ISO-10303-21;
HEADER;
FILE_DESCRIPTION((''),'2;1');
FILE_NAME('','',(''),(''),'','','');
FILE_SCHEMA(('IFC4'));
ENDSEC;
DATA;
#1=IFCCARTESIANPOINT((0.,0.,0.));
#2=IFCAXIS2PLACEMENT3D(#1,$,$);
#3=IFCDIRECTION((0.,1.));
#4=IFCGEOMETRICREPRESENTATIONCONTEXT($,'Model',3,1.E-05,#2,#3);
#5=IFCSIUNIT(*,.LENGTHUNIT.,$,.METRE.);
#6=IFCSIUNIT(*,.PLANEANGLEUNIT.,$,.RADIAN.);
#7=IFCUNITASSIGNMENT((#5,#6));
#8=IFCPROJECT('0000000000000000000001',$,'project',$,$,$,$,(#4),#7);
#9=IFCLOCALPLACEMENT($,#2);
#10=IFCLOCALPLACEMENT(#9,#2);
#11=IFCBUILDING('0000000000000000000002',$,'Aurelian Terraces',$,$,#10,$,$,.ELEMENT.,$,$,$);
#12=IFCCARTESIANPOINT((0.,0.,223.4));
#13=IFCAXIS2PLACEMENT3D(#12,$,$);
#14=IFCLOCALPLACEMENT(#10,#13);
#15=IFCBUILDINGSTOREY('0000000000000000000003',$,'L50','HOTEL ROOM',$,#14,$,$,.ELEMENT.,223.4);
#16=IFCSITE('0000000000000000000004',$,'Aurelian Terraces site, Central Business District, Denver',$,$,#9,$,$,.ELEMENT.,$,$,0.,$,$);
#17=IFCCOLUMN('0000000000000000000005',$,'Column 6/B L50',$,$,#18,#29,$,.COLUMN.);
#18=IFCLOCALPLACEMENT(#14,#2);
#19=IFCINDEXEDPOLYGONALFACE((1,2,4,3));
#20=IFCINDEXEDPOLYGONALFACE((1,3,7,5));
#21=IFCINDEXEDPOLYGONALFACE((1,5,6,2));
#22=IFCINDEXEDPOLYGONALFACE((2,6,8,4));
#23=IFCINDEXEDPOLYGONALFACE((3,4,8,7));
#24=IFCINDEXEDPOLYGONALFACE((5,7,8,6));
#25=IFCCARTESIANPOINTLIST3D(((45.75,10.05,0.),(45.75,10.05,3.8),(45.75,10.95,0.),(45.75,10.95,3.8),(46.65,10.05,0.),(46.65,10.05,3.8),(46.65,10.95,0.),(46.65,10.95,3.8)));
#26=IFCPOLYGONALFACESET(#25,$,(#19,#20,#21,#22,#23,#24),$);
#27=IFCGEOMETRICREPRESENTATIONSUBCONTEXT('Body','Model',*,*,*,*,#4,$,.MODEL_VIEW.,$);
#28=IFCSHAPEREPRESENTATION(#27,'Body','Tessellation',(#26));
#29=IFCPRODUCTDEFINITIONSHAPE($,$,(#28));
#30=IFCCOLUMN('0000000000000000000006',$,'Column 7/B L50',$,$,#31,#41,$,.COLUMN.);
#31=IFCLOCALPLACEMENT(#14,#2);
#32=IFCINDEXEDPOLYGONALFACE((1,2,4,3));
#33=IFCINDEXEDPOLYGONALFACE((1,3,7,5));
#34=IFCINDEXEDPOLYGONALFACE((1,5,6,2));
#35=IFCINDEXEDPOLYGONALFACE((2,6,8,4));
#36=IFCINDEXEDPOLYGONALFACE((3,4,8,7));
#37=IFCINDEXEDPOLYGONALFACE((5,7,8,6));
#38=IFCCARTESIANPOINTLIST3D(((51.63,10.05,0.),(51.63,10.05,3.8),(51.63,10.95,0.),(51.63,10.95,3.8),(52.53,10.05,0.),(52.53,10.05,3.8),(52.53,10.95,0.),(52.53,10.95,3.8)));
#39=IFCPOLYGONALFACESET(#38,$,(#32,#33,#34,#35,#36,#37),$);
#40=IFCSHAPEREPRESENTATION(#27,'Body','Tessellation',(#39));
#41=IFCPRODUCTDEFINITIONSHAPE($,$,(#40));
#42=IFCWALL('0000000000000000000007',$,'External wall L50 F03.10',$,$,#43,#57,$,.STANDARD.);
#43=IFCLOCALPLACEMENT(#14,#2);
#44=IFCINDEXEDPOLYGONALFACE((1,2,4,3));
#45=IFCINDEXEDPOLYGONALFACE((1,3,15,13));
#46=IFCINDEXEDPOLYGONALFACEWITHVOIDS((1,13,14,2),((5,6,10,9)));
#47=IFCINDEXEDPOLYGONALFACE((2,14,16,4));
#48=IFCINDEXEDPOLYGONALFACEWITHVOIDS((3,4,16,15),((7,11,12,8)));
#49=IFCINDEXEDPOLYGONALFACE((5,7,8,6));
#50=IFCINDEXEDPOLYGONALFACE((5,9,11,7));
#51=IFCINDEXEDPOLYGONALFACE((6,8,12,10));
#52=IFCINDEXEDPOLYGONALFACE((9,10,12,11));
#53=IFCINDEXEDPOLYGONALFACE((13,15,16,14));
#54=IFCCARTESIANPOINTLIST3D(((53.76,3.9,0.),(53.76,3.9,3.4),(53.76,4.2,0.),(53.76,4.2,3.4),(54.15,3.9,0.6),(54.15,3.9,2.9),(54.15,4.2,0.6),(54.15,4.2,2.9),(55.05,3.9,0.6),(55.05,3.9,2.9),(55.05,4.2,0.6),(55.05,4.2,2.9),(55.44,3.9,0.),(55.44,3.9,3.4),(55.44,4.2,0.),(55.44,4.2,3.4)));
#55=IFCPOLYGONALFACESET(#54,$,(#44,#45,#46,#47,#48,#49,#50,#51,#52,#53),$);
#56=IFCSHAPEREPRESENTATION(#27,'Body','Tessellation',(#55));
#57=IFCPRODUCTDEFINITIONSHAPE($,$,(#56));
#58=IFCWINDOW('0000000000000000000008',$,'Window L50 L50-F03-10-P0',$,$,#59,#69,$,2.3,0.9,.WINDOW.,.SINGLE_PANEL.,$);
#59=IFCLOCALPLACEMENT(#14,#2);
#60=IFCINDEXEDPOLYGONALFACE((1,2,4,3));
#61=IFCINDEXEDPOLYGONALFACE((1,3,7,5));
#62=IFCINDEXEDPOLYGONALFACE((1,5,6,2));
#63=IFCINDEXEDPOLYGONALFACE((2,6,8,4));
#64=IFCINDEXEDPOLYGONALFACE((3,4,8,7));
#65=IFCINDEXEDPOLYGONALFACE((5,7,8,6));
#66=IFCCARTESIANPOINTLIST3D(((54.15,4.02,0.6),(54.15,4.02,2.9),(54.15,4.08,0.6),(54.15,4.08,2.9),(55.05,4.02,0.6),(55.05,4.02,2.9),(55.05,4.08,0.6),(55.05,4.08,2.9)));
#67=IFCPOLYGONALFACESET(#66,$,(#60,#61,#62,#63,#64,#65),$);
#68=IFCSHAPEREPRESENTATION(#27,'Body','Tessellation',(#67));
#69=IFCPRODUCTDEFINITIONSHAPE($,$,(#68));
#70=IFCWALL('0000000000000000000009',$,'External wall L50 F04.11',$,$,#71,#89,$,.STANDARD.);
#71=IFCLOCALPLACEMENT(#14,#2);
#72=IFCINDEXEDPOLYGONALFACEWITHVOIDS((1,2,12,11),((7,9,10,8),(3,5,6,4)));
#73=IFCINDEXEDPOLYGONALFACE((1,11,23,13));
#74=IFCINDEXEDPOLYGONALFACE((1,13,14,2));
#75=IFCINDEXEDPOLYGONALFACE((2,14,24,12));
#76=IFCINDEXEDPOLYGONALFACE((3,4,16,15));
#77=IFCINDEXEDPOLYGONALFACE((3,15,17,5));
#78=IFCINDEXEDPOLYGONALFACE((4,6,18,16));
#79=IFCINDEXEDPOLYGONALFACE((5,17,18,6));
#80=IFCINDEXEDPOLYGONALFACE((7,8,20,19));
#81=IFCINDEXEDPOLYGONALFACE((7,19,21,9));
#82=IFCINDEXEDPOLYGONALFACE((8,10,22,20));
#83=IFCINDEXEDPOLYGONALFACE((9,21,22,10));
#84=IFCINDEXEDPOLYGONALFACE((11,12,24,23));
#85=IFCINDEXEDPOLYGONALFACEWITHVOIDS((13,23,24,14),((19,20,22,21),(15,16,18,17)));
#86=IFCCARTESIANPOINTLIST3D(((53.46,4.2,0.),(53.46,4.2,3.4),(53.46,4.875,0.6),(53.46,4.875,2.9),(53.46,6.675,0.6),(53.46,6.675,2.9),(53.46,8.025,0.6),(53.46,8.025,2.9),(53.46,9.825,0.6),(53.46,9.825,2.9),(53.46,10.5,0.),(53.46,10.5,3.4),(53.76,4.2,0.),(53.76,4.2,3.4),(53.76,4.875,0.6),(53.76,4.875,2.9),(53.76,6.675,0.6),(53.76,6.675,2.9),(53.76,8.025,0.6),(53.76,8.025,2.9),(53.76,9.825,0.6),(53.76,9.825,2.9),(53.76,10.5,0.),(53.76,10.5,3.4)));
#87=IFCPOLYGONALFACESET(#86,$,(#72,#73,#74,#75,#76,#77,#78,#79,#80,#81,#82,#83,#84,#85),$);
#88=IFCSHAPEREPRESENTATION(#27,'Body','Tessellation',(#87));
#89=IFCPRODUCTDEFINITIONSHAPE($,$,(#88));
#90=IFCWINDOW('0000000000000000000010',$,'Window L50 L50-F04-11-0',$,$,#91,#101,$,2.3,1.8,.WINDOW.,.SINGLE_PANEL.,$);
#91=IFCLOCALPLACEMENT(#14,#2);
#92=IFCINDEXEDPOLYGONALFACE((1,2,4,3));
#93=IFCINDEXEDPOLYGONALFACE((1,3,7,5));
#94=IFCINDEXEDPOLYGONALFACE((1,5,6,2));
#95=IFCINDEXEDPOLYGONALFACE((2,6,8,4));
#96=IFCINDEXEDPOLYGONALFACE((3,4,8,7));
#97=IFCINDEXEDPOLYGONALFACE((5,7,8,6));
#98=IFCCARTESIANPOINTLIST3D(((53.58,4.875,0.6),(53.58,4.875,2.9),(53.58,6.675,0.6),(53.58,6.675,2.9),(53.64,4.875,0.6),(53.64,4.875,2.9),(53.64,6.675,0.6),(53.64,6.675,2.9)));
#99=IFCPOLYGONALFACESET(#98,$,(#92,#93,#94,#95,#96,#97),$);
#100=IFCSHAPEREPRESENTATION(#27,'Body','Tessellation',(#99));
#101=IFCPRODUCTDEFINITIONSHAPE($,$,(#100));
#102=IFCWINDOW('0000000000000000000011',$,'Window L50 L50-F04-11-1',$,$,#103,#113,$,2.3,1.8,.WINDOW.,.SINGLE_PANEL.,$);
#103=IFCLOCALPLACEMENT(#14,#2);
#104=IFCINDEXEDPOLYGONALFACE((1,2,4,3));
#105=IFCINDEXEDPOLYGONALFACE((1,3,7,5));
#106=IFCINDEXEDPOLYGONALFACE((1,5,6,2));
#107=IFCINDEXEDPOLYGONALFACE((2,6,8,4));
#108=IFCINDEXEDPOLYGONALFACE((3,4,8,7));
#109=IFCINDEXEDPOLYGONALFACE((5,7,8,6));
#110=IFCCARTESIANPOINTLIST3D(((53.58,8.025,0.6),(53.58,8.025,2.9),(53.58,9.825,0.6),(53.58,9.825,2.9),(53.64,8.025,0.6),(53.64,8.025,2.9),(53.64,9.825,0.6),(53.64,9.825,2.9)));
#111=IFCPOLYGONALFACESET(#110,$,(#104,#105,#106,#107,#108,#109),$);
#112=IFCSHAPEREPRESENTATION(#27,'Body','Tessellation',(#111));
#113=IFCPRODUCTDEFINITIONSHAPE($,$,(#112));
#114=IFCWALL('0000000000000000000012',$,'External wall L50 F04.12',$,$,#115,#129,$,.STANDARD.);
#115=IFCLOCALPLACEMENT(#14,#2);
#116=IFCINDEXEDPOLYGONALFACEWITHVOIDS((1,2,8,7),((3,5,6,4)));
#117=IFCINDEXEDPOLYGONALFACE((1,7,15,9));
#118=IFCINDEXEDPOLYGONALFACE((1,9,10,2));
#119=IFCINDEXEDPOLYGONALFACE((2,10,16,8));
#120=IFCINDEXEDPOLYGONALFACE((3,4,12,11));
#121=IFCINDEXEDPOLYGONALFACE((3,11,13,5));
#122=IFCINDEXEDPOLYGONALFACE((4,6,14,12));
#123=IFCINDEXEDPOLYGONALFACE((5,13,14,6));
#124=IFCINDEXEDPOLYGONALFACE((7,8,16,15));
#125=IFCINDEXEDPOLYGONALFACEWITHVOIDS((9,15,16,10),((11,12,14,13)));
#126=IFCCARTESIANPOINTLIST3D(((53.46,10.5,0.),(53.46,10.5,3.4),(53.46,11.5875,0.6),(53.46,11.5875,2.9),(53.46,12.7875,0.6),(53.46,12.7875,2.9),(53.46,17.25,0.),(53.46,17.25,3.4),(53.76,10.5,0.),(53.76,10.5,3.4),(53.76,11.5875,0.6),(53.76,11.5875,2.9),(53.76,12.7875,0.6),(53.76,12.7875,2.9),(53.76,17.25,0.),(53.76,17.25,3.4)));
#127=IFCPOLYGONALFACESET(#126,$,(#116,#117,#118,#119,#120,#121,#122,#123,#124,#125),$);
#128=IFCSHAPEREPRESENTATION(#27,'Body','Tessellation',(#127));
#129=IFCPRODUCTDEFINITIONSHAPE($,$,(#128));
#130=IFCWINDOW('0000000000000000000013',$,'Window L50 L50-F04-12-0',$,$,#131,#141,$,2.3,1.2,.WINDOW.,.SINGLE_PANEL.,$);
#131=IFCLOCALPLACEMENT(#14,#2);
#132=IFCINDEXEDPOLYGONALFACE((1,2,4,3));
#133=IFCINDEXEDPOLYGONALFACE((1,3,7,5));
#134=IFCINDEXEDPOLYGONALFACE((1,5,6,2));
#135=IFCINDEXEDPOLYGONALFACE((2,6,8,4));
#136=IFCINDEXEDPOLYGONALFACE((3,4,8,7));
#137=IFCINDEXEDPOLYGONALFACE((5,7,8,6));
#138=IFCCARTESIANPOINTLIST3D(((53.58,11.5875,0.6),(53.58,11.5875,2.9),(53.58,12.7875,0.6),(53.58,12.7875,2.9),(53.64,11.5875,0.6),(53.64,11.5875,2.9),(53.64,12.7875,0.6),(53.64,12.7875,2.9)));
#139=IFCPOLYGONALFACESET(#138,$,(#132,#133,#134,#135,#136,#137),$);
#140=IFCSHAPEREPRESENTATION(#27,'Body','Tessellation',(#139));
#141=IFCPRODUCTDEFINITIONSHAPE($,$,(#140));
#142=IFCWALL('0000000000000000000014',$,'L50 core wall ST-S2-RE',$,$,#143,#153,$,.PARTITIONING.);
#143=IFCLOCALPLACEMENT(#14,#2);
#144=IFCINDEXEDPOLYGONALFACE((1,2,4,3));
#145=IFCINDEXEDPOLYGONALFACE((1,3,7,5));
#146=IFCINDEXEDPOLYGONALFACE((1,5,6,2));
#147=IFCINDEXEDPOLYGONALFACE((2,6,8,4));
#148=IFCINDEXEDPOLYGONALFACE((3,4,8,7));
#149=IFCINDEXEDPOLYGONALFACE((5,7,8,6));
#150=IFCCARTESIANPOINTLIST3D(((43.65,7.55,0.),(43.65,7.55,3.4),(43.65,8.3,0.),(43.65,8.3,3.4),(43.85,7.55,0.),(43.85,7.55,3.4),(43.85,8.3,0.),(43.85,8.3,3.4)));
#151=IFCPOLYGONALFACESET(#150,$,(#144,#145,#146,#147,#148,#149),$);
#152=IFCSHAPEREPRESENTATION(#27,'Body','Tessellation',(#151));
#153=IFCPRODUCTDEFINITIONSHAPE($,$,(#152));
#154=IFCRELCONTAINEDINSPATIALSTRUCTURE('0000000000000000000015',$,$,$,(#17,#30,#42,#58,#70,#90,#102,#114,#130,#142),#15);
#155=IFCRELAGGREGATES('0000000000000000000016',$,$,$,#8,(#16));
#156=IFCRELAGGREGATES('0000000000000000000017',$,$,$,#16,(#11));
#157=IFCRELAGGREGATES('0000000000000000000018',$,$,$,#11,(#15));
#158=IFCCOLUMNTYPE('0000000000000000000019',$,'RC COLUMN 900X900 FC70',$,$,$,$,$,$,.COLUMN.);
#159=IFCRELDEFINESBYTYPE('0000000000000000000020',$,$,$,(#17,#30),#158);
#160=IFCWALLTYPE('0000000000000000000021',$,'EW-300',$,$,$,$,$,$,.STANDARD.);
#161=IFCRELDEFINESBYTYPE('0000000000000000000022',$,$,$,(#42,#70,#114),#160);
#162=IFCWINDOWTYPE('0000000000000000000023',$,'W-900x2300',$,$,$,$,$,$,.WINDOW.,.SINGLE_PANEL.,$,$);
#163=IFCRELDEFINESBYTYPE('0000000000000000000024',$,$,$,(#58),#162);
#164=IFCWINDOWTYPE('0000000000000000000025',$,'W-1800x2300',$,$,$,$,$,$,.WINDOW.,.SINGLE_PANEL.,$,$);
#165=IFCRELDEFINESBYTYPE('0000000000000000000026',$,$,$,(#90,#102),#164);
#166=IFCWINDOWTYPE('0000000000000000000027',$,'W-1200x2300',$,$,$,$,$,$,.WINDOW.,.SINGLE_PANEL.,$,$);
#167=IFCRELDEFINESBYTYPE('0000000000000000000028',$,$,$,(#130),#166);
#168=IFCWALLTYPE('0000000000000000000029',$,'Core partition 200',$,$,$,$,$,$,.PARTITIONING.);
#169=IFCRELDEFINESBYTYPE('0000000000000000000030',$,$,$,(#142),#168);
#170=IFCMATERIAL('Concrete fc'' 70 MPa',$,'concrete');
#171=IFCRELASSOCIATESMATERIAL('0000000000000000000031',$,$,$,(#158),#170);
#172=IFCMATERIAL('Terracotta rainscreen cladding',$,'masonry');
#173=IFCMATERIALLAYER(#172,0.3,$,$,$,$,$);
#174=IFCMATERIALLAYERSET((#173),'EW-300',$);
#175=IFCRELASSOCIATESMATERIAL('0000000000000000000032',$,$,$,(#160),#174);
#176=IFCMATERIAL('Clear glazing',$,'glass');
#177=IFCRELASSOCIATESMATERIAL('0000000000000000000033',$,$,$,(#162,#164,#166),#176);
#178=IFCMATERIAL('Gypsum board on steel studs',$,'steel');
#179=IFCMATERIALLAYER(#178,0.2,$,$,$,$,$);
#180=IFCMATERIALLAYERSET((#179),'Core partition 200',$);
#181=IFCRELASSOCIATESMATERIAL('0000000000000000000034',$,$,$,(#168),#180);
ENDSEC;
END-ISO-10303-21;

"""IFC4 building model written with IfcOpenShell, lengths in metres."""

from ifc_helpers import new_model, si_unit, direction, frame, frame_2d, origin, origin_2d, place, context, subcontext, project, spatial, rectangle, extrude, source, transform, mapped, material, layer, layer_set, material_profile, profile_set, type_object, element, fill, save


model = new_model("IFC4")

# Units and contexts
model_context = context("Model", 3, precision=1e-05, world=origin(), true_north=direction((0.0, 1.0)))
body_context = subcontext(model_context, "Body", "Model", "MODEL_VIEW")
ifc_project = project(units=[si_unit("LENGTHUNIT", "METRE"), si_unit("PLANEANGLEUNIT", "RADIAN")], contexts=[model_context])

# Site, building, storey
site_placement = place(None, origin())
site = spatial("IfcSite", under=ifc_project, at=site_placement, Name="Aurelian Terraces site, Central Business District, Denver", CompositionType="ELEMENT", RefElevation=0.0)
building_placement = place(site_placement, origin())
building = spatial("IfcBuilding", under=site, at=building_placement, Name="Aurelian Terraces", CompositionType="ELEMENT")
storey_placement = place(building_placement, frame((0.0, 0.0, 223.4)))
storey = spatial("IfcBuildingStorey", under=building, at=storey_placement, Name="L50", Description="HOTEL ROOM", CompositionType="ELEMENT", Elevation=223.4)

# Columns
ifc_material_1 = material(Name="Concrete fc' 70 MPa", Category="concrete")
ifc_material_profile = material_profile(ifc_material_1, rectangle(XDim=0.9, YDim=0.9, at=origin_2d()))
ifc_profile_set = profile_set([ifc_material_profile], Name="Concrete fc' 70 MPa")
column_type = type_object("IfcColumnType", Name="RC COLUMN 900X900 FC70", PredefinedType="COLUMN", material=ifc_profile_set)
shared_shape_1 = source(origin(), body_context, "Body", "SweptSolid", [
    extrude(rectangle(XDim=0.9, YDim=0.9, at=origin_2d()), origin(), (0.0, 0.0, 1.0), 3.8),
])
for number, where, z_axis, x_axis, name in (
    (1, (46.2, 10.5, 0.0), (0.0, 0.0, 1.0), (1.0, 0.0, 0.0), "Column 6/B L50"),
    (2, (52.08, 10.5, 0.0), (0.0, 0.0, 1.0), (1.0, 0.0, 0.0), "Column 7/B L50"),
):
    element("IfcColumn", number, at=place(storey_placement, frame(where, z_axis=z_axis, x_axis=x_axis)), inside=storey, type_object=column_type, Name=name, PredefinedType="COLUMN", context=body_context, shape_type="MappedRepresentation", body=[
        mapped(shared_shape_1, transform((0.0, 0.0, 0.0), scale=1.0)),
    ])

# Wall, opening, window
ifc_material_2 = material(Name="Terracotta rainscreen cladding", Category="masonry")
ifc_layer_1 = layer(ifc_material_2, 0.3)
ifc_layer_set_1 = layer_set([ifc_layer_1], Name="EW-300")
wall_type_1 = type_object("IfcWallType", Name="EW-300", PredefinedType="STANDARD", material=ifc_layer_set_1)
shared_shape_2 = source(origin(), body_context, "Body", "SweptSolid", [
    extrude(rectangle(XDim=1.68, YDim=0.3, at=frame_2d((0.84, 0.0))), origin(), (0.0, 0.0, 1.0), 3.4),
])
wall_1_placement = place(storey_placement, frame((55.44, 4.05, 0.0), z_axis=(0.0, 0.0, 1.0), x_axis=(-1.0, 0.0, 0.0)))
wall_1 = element("IfcWall", 3, at=wall_1_placement, inside=storey, type_object=wall_type_1, Name="External wall L50 F03.10", PredefinedType="STANDARD", context=body_context, shape_type="MappedRepresentation", body=[
    mapped(shared_shape_2, transform((0.0, 0.0, 0.0), scale=1.0)),
])
shared_shape_3 = source(origin(), body_context, "Body", "SweptSolid", [
    extrude(rectangle(XDim=0.9, YDim=2.3, at=frame_2d((0.45, 1.15))), frame((0.0, 0.16, 0.0), z_axis=(0.0, -1.0, 0.0), x_axis=(1.0, 0.0, 0.0)), (0.0, 0.0, 1.0), 0.32),
])
opening_1_placement = place(wall_1_placement, frame((0.39, 0.0, 0.6)))
opening_1 = element("IfcOpeningElement", 4, at=opening_1_placement, cuts=wall_1, PredefinedType="OPENING", context=body_context, shape_type="MappedRepresentation", body=[
    mapped(shared_shape_3, transform((0.0, 0.0, 0.0), scale=1.0)),
])
ifc_material_3 = material(Name="Clear glazing", Category="glass")
window_type_1 = type_object("IfcWindowType", Name="W-900x2300", PartitioningType="SINGLE_PANEL", PredefinedType="WINDOW", material=ifc_material_3)
shared_shape_4 = source(origin(), body_context, "Body", "SweptSolid", [
    extrude(rectangle(XDim=0.9, YDim=2.3, at=frame_2d((0.45, 1.15))), frame((0.0, 0.03, 0.0), z_axis=(0.0, -1.0, 0.0), x_axis=(1.0, 0.0, 0.0)), (0.0, 0.0, 1.0), 0.06),
])
window_1_placement = place(opening_1_placement, origin())
window_1 = element("IfcWindow", 5, at=window_1_placement, inside=storey, type_object=window_type_1, Name="Window L50 L50-F03-10-P0", OverallHeight=2.3, OverallWidth=0.9, PartitioningType="SINGLE_PANEL", PredefinedType="WINDOW", context=body_context, shape_type="MappedRepresentation", body=[
    mapped(shared_shape_4, transform((0.0, 0.0, 0.0), scale=1.0)),
])
fill(opening_1, window_1)

# Wall, openings, windows
shared_shape_5 = source(origin(), body_context, "Body", "SweptSolid", [
    extrude(rectangle(XDim=6.3, YDim=0.3, at=frame_2d((3.15, 0.0))), origin(), (0.0, 0.0, 1.0), 3.4),
])
wall_2_placement = place(storey_placement, frame((53.61, 4.2, 0.0), z_axis=(0.0, 0.0, 1.0), x_axis=(0.0, 1.0, 0.0)))
wall_2 = element("IfcWall", 6, at=wall_2_placement, inside=storey, type_object=wall_type_1, Name="External wall L50 F04.11", PredefinedType="STANDARD", context=body_context, shape_type="MappedRepresentation", body=[
    mapped(shared_shape_5, transform((0.0, 0.0, 0.0), scale=1.0)),
])
shared_shape_6 = source(origin(), body_context, "Body", "SweptSolid", [
    extrude(rectangle(XDim=1.8, YDim=2.3, at=frame_2d((0.9, 1.15))), frame((0.0, 0.16, 0.0), z_axis=(0.0, -1.0, 0.0), x_axis=(1.0, 0.0, 0.0)), (0.0, 0.0, 1.0), 0.32),
])
opening_2_placement = place(wall_2_placement, frame((0.675, 0.0, 0.6)))
opening_2 = element("IfcOpeningElement", 7, at=opening_2_placement, cuts=wall_2, PredefinedType="OPENING", context=body_context, shape_type="MappedRepresentation", body=[
    mapped(shared_shape_6, transform((0.0, 0.0, 0.0), scale=1.0)),
])
opening_3_placement = place(wall_2_placement, frame((3.825, 0.0, 0.6)))
opening_3 = element("IfcOpeningElement", 8, at=opening_3_placement, cuts=wall_2, PredefinedType="OPENING", context=body_context, shape_type="MappedRepresentation", body=[
    mapped(shared_shape_6, transform((0.0, 0.0, 0.0), scale=1.0)),
])
window_type_2 = type_object("IfcWindowType", Name="W-1800x2300", PartitioningType="SINGLE_PANEL", PredefinedType="WINDOW", material=ifc_material_3)
shared_shape_7 = source(origin(), body_context, "Body", "SweptSolid", [
    extrude(rectangle(XDim=1.8, YDim=2.3, at=frame_2d((0.9, 1.15))), frame((0.0, 0.03, 0.0), z_axis=(0.0, -1.0, 0.0), x_axis=(1.0, 0.0, 0.0)), (0.0, 0.0, 1.0), 0.06),
])
window_2_placement = place(opening_2_placement, origin())
window_2 = element("IfcWindow", 9, at=window_2_placement, inside=storey, type_object=window_type_2, Name="Window L50 L50-F04-11-0", OverallHeight=2.3, OverallWidth=1.8, PartitioningType="SINGLE_PANEL", PredefinedType="WINDOW", context=body_context, shape_type="MappedRepresentation", body=[
    mapped(shared_shape_7, transform((0.0, 0.0, 0.0), scale=1.0)),
])
fill(opening_2, window_2)
window_3_placement = place(opening_3_placement, origin())
window_3 = element("IfcWindow", 10, at=window_3_placement, inside=storey, type_object=window_type_2, Name="Window L50 L50-F04-11-1", OverallHeight=2.3, OverallWidth=1.8, PartitioningType="SINGLE_PANEL", PredefinedType="WINDOW", context=body_context, shape_type="MappedRepresentation", body=[
    mapped(shared_shape_7, transform((0.0, 0.0, 0.0), scale=1.0)),
])
fill(opening_3, window_3)

# Wall, opening, window
shared_shape_8 = source(origin(), body_context, "Body", "SweptSolid", [
    extrude(rectangle(XDim=6.75, YDim=0.3, at=frame_2d((3.375, 0.0))), origin(), (0.0, 0.0, 1.0), 3.4),
])
wall_3_placement = place(storey_placement, frame((53.61, 10.5, 0.0), z_axis=(0.0, 0.0, 1.0), x_axis=(0.0, 1.0, 0.0)))
wall_3 = element("IfcWall", 11, at=wall_3_placement, inside=storey, type_object=wall_type_1, Name="External wall L50 F04.12", PredefinedType="STANDARD", context=body_context, shape_type="MappedRepresentation", body=[
    mapped(shared_shape_8, transform((0.0, 0.0, 0.0), scale=1.0)),
])
shared_shape_9 = source(origin(), body_context, "Body", "SweptSolid", [
    extrude(rectangle(XDim=1.2, YDim=2.3, at=frame_2d((0.6, 1.15))), frame((0.0, 0.16, 0.0), z_axis=(0.0, -1.0, 0.0), x_axis=(1.0, 0.0, 0.0)), (0.0, 0.0, 1.0), 0.32),
])
opening_4_placement = place(wall_3_placement, frame((1.0875, 0.0, 0.6)))
opening_4 = element("IfcOpeningElement", 12, at=opening_4_placement, cuts=wall_3, PredefinedType="OPENING", context=body_context, shape_type="MappedRepresentation", body=[
    mapped(shared_shape_9, transform((0.0, 0.0, 0.0), scale=1.0)),
])
window_type_3 = type_object("IfcWindowType", Name="W-1200x2300", PartitioningType="SINGLE_PANEL", PredefinedType="WINDOW", material=ifc_material_3)
shared_shape_10 = source(origin(), body_context, "Body", "SweptSolid", [
    extrude(rectangle(XDim=1.2, YDim=2.3, at=frame_2d((0.6, 1.15))), frame((0.0, 0.03, 0.0), z_axis=(0.0, -1.0, 0.0), x_axis=(1.0, 0.0, 0.0)), (0.0, 0.0, 1.0), 0.06),
])
window_4_placement = place(opening_4_placement, origin())
window_4 = element("IfcWindow", 13, at=window_4_placement, inside=storey, type_object=window_type_3, Name="Window L50 L50-F04-12-0", OverallHeight=2.3, OverallWidth=1.2, PartitioningType="SINGLE_PANEL", PredefinedType="WINDOW", context=body_context, shape_type="MappedRepresentation", body=[
    mapped(shared_shape_10, transform((0.0, 0.0, 0.0), scale=1.0)),
])
fill(opening_4, window_4)

# Wall
ifc_material_4 = material(Name="Gypsum board on steel studs", Category="steel")
ifc_layer_2 = layer(ifc_material_4, 0.2)
ifc_layer_set_2 = layer_set([ifc_layer_2], Name="Core partition 200")
wall_type_2 = type_object("IfcWallType", Name="Core partition 200", PredefinedType="PARTITIONING", material=ifc_layer_set_2)
shared_shape_11 = source(origin(), body_context, "Body", "SweptSolid", [
    extrude(rectangle(XDim=0.75, YDim=0.2, at=frame_2d((0.375, 0.0))), origin(), (0.0, 0.0, 1.0), 3.4),
])
wall_4_placement = place(storey_placement, frame((43.75, 7.55, 0.0), z_axis=(0.0, 0.0, 1.0), x_axis=(0.0, 1.0, 0.0)))
element("IfcWall", 14, at=wall_4_placement, inside=storey, type_object=wall_type_2, Name="L50 core wall ST-S2-RE", PredefinedType="PARTITIONING", context=body_context, shape_type="MappedRepresentation", body=[
    mapped(shared_shape_11, transform((0.0, 0.0, 0.0), scale=1.0)),
])

save(model, "model.ifc")
